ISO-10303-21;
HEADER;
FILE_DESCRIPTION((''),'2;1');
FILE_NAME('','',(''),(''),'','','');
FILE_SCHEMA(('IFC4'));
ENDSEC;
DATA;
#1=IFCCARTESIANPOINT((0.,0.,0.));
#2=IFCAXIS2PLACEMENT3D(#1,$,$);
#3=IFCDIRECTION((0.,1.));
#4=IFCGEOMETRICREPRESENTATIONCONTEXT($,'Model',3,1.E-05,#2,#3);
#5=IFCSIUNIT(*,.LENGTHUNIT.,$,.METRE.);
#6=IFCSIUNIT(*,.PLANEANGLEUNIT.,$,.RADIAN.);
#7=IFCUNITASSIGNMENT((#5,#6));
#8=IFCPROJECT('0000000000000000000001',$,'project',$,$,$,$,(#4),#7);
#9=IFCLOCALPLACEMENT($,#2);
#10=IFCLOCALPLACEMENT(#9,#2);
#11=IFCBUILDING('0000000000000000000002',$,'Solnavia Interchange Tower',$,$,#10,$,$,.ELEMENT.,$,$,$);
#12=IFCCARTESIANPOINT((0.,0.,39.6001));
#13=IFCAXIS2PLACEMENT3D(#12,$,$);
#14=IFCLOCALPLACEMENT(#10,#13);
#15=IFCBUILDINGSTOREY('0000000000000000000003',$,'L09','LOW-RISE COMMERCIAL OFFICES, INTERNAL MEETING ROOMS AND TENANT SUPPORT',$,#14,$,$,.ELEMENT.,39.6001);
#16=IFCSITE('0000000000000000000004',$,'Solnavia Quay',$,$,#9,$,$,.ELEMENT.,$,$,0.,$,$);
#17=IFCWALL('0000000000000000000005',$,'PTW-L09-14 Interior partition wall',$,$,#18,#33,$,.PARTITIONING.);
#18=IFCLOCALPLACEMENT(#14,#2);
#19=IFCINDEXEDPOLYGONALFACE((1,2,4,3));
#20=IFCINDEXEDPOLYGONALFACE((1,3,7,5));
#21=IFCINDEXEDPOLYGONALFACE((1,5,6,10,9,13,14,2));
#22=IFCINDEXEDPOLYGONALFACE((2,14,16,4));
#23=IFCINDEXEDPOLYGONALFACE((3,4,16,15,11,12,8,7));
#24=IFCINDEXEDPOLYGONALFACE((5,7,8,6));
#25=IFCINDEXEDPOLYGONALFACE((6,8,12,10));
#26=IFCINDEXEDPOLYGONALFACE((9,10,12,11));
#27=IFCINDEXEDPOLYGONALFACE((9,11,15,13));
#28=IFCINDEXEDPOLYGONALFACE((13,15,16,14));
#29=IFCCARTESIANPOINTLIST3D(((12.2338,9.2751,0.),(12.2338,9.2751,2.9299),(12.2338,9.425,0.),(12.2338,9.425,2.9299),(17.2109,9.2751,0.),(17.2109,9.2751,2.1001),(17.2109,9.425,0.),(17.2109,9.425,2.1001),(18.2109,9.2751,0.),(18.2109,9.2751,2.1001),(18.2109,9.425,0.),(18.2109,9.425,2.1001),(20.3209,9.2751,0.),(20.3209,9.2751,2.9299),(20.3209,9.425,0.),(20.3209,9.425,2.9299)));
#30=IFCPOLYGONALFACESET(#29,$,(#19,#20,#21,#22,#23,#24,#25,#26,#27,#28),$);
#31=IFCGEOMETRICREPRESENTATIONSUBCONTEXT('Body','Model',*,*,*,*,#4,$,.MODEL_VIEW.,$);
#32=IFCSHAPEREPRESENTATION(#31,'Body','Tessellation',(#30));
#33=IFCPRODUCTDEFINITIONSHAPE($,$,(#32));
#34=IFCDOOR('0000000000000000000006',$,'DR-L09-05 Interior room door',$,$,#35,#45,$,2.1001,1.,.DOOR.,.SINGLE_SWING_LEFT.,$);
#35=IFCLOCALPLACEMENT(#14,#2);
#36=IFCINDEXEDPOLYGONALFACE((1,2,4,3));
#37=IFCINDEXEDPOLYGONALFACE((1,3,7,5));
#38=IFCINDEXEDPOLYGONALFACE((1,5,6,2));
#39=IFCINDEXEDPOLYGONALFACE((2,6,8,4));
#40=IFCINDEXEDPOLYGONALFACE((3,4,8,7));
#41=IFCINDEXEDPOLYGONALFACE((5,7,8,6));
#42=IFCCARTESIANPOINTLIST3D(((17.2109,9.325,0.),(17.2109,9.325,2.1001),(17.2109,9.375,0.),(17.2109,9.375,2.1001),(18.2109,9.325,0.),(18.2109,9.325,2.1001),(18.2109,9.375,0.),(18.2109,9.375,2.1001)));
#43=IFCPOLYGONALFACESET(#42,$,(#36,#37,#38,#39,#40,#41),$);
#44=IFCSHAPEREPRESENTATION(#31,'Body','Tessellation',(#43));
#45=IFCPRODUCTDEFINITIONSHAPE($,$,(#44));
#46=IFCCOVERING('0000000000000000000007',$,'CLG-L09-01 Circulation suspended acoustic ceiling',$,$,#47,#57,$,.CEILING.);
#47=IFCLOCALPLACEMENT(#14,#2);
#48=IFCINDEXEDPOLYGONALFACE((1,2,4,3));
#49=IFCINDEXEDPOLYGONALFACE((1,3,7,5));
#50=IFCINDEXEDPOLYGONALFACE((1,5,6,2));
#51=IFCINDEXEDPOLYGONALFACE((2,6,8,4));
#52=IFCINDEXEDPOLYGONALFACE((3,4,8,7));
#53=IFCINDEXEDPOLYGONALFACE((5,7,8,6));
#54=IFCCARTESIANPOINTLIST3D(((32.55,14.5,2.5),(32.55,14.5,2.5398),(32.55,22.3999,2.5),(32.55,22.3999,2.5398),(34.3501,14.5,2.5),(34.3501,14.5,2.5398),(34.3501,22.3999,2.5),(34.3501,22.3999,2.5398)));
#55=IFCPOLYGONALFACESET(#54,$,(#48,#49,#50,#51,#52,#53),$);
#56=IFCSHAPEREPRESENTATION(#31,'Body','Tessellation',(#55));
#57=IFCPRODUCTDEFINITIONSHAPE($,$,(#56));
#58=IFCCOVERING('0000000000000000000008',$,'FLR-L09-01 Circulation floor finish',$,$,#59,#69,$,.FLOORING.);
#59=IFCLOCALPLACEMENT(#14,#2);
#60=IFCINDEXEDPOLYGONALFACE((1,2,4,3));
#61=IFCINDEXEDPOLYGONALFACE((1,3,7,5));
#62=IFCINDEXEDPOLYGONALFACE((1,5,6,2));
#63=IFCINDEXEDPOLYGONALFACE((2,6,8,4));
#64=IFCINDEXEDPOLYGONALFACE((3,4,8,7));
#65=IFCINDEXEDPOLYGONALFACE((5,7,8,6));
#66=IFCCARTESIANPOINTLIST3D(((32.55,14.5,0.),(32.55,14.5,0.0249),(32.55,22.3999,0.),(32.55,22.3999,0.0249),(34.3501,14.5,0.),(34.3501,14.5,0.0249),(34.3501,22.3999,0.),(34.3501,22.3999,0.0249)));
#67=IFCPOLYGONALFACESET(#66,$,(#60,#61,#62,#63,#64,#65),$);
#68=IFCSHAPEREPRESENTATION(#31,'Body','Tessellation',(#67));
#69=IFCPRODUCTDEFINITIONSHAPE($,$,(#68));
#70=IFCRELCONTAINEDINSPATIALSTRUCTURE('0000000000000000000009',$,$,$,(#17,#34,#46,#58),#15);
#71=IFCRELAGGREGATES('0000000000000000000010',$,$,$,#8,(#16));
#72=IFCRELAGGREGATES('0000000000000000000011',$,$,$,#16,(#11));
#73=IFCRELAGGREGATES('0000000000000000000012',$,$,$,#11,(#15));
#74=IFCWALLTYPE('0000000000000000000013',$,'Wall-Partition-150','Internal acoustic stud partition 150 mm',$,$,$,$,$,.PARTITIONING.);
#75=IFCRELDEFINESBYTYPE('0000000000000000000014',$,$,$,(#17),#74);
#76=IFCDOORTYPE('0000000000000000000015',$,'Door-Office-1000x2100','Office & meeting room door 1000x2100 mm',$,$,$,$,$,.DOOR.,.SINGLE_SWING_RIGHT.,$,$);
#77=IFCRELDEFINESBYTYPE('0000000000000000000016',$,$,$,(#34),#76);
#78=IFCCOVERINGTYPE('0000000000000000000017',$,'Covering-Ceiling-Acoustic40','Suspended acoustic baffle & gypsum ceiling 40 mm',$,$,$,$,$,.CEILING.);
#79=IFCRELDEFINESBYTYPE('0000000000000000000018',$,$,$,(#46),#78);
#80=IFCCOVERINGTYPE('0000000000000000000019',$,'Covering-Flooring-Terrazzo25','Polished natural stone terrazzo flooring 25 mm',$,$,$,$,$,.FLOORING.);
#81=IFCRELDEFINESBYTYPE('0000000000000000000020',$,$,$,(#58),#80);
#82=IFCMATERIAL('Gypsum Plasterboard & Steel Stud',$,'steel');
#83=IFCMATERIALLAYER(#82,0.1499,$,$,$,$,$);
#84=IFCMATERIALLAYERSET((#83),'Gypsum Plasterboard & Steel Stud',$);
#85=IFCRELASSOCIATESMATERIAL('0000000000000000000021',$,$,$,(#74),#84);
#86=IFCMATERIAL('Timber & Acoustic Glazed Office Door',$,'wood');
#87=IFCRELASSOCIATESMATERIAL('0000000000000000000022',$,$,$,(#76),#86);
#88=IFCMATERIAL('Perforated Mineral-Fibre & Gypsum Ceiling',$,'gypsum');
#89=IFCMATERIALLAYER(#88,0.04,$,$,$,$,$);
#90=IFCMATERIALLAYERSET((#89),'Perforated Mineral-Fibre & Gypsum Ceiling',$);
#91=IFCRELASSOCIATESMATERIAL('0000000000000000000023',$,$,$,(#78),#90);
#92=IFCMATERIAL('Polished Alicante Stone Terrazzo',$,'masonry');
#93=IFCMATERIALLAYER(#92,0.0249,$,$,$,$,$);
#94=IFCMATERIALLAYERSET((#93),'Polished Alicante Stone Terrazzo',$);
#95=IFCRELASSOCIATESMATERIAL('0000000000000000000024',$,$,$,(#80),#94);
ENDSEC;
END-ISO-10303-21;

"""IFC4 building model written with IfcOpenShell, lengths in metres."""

from ifc_helpers import new_model, si_unit, direction, frame, frame_2d, origin, place, context, subcontext, project, spatial, polyline, rectangle, outline, extrude, material, layer, layer_set, type_object, element, fill, save


model = new_model("IFC4")

# Units and contexts
model_context = context("Model", 3, precision=1e-05, world=origin(), true_north=direction((0.0, 1.0)))
body_context = subcontext(model_context, "Body", "Model", "MODEL_VIEW")
ifc_project = project(units=[si_unit("LENGTHUNIT", "METRE"), si_unit("PLANEANGLEUNIT", "RADIAN")], contexts=[model_context])

# Site, building, storey
site_placement = place(None, origin())
site = spatial("IfcSite", under=ifc_project, at=site_placement, Name="Solnavia Quay", CompositionType="ELEMENT", RefElevation=0.0)
building_placement = place(site_placement, origin())
building = spatial("IfcBuilding", under=site, at=building_placement, Name="Solnavia Interchange Tower", CompositionType="ELEMENT")
storey_placement = place(building_placement, frame((0.0, 0.0, 39.6001)))
storey = spatial("IfcBuildingStorey", under=building, at=storey_placement, Name="L09", Description="LOW-RISE COMMERCIAL OFFICES, INTERNAL MEETING ROOMS AND TENANT SUPPORT", CompositionType="ELEMENT", Elevation=39.6001)

# Shared definitions
ifc_material_1 = material(Name="Gypsum Plasterboard & Steel Stud", Category="steel")
ifc_layer_1 = layer(ifc_material_1, 0.1499)
ifc_layer_set_1 = layer_set([ifc_layer_1], Name="Gypsum Plasterboard & Steel Stud")
wall_type_1 = type_object("IfcWallType", Name="Wall-Partition-150", Description="Internal acoustic stud partition 150 mm", PredefinedType="PARTITIONING", material=ifc_layer_set_1)

# Wall, opening, door
ifc_material_2 = material(Name="Timber & Acoustic Glazed Office Door", Category="wood")
door_type = type_object("IfcDoorType", Name="Door-Office-1000x2100", Description="Office & meeting room door 1000x2100 mm", OperationType="SINGLE_SWING_RIGHT", PredefinedType="DOOR", material=ifc_material_2)
wall_1_placement = place(storey_placement, frame((12.2339, 9.3501, 0.0), z_axis=(0.0, 0.0, 1.0), x_axis=(1.0, 0.0, 0.0)))
wall_1 = element("IfcWall", 1, at=wall_1_placement, inside=storey, type_object=wall_type_1, Name="PTW-L09-14 Interior partition wall", PredefinedType="PARTITIONING", context=body_context, shape_type="SweptSolid", body=[
    extrude(rectangle(XDim=8.0872, YDim=0.1499, at=frame_2d((4.0435, 0.0))), origin(), (0.0, 0.0, 1.0), 2.9299),
])
opening_1_placement = place(wall_1_placement, frame((4.9771, 0.0, 0.0)))
opening_1 = element("IfcOpeningElement", 2, at=opening_1_placement, cuts=wall_1, PredefinedType="OPENING", context=body_context, shape_type="SweptSolid", body=[
    extrude(rectangle(XDim=1.0, YDim=2.1001, at=frame_2d((0.5, 1.05))), frame((0.0, 0.085, 0.0), z_axis=(0.0, -1.0, 0.0), x_axis=(1.0, 0.0, 0.0)), (0.0, 0.0, 1.0), 0.1699),
])
door_1_placement = place(opening_1_placement, origin())
door_1 = element("IfcDoor", 3, at=door_1_placement, inside=storey, type_object=door_type, Name="DR-L09-05 Interior room door", OperationType="SINGLE_SWING_LEFT", OverallHeight=2.1001, OverallWidth=1.0, PredefinedType="DOOR", context=body_context, shape_type="SweptSolid", body=[
    extrude(rectangle(XDim=1.0, YDim=2.1001, at=frame_2d((0.5, 1.05))), frame((0.0, 0.0249, 0.0), z_axis=(0.0, -1.0, 0.0), x_axis=(1.0, 0.0, 0.0)), (0.0, 0.0, 1.0), 0.05),
])
fill(opening_1, door_1)

# Coverings
ifc_material_3 = material(Name="Perforated Mineral-Fibre & Gypsum Ceiling", Category="gypsum")
ifc_layer_2 = layer(ifc_material_3, 0.04)
ifc_layer_set_2 = layer_set([ifc_layer_2], Name="Perforated Mineral-Fibre & Gypsum Ceiling")
covering_type_1 = type_object("IfcCoveringType", Name="Covering-Ceiling-Acoustic40", Description="Suspended acoustic baffle & gypsum ceiling 40 mm", PredefinedType="CEILING", material=ifc_layer_set_2)
covering_1_placement = place(storey_placement, frame((0.0, 0.0, 2.5)))
element("IfcCovering", 4, at=covering_1_placement, inside=storey, type_object=covering_type_1, Name="CLG-L09-01 Circulation suspended acoustic ceiling", PredefinedType="CEILING", context=body_context, shape_type="SweptSolid", body=[
    extrude(outline(polyline([(32.55, 14.5), (34.3501, 14.5), (34.3501, 22.3999), (32.55, 22.3999), (32.55, 14.5)])), origin(), (0.0, 0.0, 1.0), 0.0398),
])
ifc_material_4 = material(Name="Polished Alicante Stone Terrazzo", Category="masonry")
ifc_layer_3 = layer(ifc_material_4, 0.0249)
ifc_layer_set_3 = layer_set([ifc_layer_3], Name="Polished Alicante Stone Terrazzo")
covering_type_2 = type_object("IfcCoveringType", Name="Covering-Flooring-Terrazzo25", Description="Polished natural stone terrazzo flooring 25 mm", PredefinedType="FLOORING", material=ifc_layer_set_3)
covering_2_placement = place(storey_placement, origin())
element("IfcCovering", 5, at=covering_2_placement, inside=storey, type_object=covering_type_2, Name="FLR-L09-01 Circulation floor finish", PredefinedType="FLOORING", context=body_context, shape_type="SweptSolid", body=[
    extrude(outline(polyline([(32.55, 14.5), (34.3501, 14.5), (34.3501, 22.3999), (32.55, 22.3999), (32.55, 14.5)])), origin(), (0.0, 0.0, 1.0), 0.0249),
])

save(model, "model.ifc")
